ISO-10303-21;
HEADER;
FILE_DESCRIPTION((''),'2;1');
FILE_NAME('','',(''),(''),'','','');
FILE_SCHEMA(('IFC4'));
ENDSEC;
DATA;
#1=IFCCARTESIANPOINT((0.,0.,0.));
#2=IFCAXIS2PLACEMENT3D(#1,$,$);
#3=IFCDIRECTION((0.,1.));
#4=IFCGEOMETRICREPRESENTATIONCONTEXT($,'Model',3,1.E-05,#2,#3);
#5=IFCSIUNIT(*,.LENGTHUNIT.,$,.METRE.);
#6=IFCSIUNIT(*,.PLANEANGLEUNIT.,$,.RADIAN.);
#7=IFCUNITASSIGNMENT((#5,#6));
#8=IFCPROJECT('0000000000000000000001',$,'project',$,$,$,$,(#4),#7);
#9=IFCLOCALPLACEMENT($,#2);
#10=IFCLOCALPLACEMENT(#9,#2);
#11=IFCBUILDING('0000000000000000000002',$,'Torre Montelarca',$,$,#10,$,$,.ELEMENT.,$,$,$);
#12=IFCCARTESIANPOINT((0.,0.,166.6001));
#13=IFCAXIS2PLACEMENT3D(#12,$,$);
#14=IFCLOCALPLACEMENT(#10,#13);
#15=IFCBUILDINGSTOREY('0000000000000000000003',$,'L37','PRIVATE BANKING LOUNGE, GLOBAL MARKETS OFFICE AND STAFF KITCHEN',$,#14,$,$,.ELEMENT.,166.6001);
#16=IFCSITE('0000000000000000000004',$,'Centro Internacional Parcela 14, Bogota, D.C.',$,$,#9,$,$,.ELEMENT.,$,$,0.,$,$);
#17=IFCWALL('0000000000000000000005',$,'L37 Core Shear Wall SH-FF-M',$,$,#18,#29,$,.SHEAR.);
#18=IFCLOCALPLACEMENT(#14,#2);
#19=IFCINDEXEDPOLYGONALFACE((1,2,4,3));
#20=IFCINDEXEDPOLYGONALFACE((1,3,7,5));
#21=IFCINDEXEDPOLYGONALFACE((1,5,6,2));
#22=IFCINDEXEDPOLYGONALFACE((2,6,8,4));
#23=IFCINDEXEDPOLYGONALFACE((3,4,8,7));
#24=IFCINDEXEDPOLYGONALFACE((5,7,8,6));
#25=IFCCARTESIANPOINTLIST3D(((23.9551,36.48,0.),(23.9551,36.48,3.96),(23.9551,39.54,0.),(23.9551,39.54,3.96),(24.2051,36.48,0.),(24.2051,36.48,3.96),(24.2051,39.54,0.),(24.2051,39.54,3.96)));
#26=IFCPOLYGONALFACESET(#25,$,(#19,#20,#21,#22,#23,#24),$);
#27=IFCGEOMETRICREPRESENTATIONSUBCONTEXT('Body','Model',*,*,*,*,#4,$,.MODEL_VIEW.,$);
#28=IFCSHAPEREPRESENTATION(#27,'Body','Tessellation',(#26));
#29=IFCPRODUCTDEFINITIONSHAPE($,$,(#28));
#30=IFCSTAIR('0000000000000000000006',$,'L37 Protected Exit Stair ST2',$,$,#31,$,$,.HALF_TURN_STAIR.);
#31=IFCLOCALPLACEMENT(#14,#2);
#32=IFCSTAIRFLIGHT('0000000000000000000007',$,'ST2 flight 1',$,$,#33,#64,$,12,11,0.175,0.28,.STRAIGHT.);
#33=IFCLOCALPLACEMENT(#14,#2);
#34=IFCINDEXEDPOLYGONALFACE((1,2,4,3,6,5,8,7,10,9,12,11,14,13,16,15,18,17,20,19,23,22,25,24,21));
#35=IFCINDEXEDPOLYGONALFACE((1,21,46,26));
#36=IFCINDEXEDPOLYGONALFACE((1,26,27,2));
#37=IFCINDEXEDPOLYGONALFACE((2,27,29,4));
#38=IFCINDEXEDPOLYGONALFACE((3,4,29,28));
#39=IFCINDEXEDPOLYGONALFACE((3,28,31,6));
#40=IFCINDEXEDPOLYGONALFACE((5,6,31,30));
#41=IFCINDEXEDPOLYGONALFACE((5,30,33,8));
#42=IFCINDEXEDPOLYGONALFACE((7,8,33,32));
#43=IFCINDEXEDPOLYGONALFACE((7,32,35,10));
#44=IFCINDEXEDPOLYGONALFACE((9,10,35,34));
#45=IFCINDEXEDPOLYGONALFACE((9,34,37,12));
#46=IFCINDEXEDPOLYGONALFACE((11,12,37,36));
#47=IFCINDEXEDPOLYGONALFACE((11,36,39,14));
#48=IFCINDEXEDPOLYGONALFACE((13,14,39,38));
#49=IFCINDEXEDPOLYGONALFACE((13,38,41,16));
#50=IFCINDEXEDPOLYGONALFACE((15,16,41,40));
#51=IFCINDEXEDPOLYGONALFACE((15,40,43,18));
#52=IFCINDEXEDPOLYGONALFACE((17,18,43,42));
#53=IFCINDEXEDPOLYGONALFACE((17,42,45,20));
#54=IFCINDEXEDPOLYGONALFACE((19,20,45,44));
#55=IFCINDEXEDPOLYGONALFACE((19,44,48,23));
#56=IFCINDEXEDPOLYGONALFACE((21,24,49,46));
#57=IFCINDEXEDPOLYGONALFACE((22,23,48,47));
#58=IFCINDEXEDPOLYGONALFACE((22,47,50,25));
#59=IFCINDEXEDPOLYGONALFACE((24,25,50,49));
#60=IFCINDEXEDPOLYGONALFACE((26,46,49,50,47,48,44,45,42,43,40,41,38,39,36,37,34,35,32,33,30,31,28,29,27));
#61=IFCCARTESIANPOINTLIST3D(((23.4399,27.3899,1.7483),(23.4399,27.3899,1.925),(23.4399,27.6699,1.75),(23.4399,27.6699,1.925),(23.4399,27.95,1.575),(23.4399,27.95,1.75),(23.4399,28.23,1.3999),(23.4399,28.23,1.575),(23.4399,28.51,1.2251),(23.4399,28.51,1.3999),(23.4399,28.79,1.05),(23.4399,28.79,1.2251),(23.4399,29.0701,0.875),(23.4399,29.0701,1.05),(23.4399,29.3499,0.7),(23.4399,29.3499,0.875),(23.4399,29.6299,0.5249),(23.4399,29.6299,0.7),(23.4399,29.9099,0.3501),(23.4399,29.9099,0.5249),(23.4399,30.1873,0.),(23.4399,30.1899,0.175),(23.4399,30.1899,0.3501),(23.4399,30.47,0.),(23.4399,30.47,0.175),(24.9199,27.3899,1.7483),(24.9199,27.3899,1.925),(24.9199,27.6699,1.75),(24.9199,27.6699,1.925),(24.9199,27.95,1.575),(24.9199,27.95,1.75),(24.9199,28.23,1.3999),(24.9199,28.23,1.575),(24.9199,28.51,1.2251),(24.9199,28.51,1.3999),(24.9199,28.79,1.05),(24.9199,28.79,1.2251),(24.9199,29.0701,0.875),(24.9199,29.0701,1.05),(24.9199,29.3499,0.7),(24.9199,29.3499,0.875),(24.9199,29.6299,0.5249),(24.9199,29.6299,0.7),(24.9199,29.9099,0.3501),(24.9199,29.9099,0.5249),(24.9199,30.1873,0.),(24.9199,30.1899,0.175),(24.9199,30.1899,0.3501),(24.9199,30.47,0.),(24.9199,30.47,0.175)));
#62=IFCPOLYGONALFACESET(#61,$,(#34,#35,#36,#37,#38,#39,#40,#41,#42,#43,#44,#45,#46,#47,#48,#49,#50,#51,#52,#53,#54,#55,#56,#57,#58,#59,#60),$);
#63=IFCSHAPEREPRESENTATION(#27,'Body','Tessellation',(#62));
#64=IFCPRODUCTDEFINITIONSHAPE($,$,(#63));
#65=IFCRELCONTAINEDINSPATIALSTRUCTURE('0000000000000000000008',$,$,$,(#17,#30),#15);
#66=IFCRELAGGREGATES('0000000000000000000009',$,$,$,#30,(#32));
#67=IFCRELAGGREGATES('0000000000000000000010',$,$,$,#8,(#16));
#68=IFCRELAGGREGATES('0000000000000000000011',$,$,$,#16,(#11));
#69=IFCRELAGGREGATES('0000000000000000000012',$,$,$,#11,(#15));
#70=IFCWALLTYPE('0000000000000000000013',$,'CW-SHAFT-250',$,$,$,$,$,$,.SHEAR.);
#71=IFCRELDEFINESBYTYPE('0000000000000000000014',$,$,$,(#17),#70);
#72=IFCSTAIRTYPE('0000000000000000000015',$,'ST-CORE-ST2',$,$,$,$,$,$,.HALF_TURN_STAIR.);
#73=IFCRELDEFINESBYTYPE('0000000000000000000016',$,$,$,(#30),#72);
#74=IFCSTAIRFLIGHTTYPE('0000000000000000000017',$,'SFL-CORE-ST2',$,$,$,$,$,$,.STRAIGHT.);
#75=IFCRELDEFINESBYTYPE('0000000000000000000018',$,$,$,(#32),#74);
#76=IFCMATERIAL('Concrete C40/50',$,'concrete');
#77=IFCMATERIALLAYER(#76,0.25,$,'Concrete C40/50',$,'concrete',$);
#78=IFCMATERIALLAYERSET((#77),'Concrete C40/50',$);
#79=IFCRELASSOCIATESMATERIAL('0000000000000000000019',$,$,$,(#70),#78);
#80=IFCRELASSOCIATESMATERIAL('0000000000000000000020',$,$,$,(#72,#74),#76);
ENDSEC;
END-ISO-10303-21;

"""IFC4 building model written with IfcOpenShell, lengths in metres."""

from ifc_helpers import new_model, si_unit, direction, frame, frame_2d, origin, place, context, subcontext, project, spatial, polyline, rectangle, outline, extrude, material, layer, layer_set, type_object, element, aggregate, save


model = new_model("IFC4")

# Units and contexts
model_context = context("Model", 3, precision=1e-05, world=origin(), true_north=direction((0.0, 1.0)))
body_context = subcontext(model_context, "Body", "Model", "MODEL_VIEW")
ifc_project = project(units=[si_unit("LENGTHUNIT", "METRE"), si_unit("PLANEANGLEUNIT", "RADIAN")], contexts=[model_context])

# Site, building, storey
site_placement = place(None, origin())
site = spatial("IfcSite", under=ifc_project, at=site_placement, Name="Centro Internacional Parcela 14, Bogota, D.C.", CompositionType="ELEMENT", RefElevation=0.0)
building_placement = place(site_placement, origin())
building = spatial("IfcBuilding", under=site, at=building_placement, Name="Torre Montelarca", CompositionType="ELEMENT")
storey_placement = place(building_placement, frame((0.0, 0.0, 166.6001)))
storey = spatial("IfcBuildingStorey", under=building, at=storey_placement, Name="L37", Description="PRIVATE BANKING LOUNGE, GLOBAL MARKETS OFFICE AND STAFF KITCHEN", CompositionType="ELEMENT", Elevation=166.6001)

# Shared definitions
ifc_material_1 = material(Name="Concrete C40/50", Category="concrete")
ifc_layer_1 = layer(ifc_material_1, 0.25, Name="Concrete C40/50", Category="concrete")
ifc_layer_set_1 = layer_set([ifc_layer_1], Name="Concrete C40/50")
wall_type = type_object("IfcWallType", Name="CW-SHAFT-250", PredefinedType="SHEAR", material=ifc_layer_set_1)

# Wall
wall_1_placement = place(storey_placement, frame((24.0801, 36.48, 0.0), z_axis=(0.0, 0.0, 1.0), x_axis=(0.0, 1.0, 0.0)))
element("IfcWall", 1, at=wall_1_placement, inside=storey, type_object=wall_type, Name="L37 Core Shear Wall SH-FF-M", PredefinedType="SHEAR", context=body_context, shape_type="SweptSolid", body=[
    extrude(rectangle(XDim=3.0601, YDim=0.25, at=frame_2d((1.53, 0.0))), origin(), (0.0, 0.0, 1.0), 3.96),
])

# Stair, stair flight
stair_type = type_object("IfcStairType", Name="ST-CORE-ST2", PredefinedType="HALF_TURN_STAIR", material=ifc_material_1)
stair_placement = place(storey_placement, origin())
stair = element("IfcStair", 2, at=stair_placement, inside=storey, type_object=stair_type, Name="L37 Protected Exit Stair ST2", PredefinedType="HALF_TURN_STAIR")
stair_flight_type = type_object("IfcStairFlightType", Name="SFL-CORE-ST2", PredefinedType="STRAIGHT", material=ifc_material_1)
stair_flight_placement = place(storey_placement, frame((24.1799, 30.47, 0.0), z_axis=(0.0, 0.0, 1.0), x_axis=(0.0, -1.0, 0.0)))
stair_flight = element("IfcStairFlight", 3, at=stair_flight_placement, type_object=stair_flight_type, Name="ST2 flight 1", NumberOfRisers=12, NumberOfTreads=11, PredefinedType="STRAIGHT", RiserHeight=0.175, TreadLength=0.28, context=body_context, shape_type="SweptSolid", body=[
    extrude(outline(polyline([(0.0, 0.0), (0.0, 0.175), (0.28, 0.175), (0.28, 0.3501), (0.5601, 0.3501), (0.5601, 0.5249), (0.8401, 0.5249), (0.8401, 0.7), (1.1201, 0.7), (1.1201, 0.875), (1.3999, 0.875), (1.3999, 1.05), (1.6799, 1.05), (1.6799, 1.2251), (1.96, 1.2251), (1.96, 1.3999), (2.24, 1.3999), (2.24, 1.575), (2.52, 1.575), (2.52, 1.75), (2.8, 1.75), (2.8, 1.925), (3.0801, 1.925), (3.0801, 2.1001), (3.0801, 1.7483), (0.2827, 0.0), (0.0, 0.0)])), frame((0.0, 0.74, 0.0), z_axis=(0.0, -1.0, 0.0), x_axis=(1.0, 0.0, 0.0)), (0.0, 0.0, 1.0), 1.48),
])
aggregate(stair, [stair_flight])

save(model, "model.ifc")
